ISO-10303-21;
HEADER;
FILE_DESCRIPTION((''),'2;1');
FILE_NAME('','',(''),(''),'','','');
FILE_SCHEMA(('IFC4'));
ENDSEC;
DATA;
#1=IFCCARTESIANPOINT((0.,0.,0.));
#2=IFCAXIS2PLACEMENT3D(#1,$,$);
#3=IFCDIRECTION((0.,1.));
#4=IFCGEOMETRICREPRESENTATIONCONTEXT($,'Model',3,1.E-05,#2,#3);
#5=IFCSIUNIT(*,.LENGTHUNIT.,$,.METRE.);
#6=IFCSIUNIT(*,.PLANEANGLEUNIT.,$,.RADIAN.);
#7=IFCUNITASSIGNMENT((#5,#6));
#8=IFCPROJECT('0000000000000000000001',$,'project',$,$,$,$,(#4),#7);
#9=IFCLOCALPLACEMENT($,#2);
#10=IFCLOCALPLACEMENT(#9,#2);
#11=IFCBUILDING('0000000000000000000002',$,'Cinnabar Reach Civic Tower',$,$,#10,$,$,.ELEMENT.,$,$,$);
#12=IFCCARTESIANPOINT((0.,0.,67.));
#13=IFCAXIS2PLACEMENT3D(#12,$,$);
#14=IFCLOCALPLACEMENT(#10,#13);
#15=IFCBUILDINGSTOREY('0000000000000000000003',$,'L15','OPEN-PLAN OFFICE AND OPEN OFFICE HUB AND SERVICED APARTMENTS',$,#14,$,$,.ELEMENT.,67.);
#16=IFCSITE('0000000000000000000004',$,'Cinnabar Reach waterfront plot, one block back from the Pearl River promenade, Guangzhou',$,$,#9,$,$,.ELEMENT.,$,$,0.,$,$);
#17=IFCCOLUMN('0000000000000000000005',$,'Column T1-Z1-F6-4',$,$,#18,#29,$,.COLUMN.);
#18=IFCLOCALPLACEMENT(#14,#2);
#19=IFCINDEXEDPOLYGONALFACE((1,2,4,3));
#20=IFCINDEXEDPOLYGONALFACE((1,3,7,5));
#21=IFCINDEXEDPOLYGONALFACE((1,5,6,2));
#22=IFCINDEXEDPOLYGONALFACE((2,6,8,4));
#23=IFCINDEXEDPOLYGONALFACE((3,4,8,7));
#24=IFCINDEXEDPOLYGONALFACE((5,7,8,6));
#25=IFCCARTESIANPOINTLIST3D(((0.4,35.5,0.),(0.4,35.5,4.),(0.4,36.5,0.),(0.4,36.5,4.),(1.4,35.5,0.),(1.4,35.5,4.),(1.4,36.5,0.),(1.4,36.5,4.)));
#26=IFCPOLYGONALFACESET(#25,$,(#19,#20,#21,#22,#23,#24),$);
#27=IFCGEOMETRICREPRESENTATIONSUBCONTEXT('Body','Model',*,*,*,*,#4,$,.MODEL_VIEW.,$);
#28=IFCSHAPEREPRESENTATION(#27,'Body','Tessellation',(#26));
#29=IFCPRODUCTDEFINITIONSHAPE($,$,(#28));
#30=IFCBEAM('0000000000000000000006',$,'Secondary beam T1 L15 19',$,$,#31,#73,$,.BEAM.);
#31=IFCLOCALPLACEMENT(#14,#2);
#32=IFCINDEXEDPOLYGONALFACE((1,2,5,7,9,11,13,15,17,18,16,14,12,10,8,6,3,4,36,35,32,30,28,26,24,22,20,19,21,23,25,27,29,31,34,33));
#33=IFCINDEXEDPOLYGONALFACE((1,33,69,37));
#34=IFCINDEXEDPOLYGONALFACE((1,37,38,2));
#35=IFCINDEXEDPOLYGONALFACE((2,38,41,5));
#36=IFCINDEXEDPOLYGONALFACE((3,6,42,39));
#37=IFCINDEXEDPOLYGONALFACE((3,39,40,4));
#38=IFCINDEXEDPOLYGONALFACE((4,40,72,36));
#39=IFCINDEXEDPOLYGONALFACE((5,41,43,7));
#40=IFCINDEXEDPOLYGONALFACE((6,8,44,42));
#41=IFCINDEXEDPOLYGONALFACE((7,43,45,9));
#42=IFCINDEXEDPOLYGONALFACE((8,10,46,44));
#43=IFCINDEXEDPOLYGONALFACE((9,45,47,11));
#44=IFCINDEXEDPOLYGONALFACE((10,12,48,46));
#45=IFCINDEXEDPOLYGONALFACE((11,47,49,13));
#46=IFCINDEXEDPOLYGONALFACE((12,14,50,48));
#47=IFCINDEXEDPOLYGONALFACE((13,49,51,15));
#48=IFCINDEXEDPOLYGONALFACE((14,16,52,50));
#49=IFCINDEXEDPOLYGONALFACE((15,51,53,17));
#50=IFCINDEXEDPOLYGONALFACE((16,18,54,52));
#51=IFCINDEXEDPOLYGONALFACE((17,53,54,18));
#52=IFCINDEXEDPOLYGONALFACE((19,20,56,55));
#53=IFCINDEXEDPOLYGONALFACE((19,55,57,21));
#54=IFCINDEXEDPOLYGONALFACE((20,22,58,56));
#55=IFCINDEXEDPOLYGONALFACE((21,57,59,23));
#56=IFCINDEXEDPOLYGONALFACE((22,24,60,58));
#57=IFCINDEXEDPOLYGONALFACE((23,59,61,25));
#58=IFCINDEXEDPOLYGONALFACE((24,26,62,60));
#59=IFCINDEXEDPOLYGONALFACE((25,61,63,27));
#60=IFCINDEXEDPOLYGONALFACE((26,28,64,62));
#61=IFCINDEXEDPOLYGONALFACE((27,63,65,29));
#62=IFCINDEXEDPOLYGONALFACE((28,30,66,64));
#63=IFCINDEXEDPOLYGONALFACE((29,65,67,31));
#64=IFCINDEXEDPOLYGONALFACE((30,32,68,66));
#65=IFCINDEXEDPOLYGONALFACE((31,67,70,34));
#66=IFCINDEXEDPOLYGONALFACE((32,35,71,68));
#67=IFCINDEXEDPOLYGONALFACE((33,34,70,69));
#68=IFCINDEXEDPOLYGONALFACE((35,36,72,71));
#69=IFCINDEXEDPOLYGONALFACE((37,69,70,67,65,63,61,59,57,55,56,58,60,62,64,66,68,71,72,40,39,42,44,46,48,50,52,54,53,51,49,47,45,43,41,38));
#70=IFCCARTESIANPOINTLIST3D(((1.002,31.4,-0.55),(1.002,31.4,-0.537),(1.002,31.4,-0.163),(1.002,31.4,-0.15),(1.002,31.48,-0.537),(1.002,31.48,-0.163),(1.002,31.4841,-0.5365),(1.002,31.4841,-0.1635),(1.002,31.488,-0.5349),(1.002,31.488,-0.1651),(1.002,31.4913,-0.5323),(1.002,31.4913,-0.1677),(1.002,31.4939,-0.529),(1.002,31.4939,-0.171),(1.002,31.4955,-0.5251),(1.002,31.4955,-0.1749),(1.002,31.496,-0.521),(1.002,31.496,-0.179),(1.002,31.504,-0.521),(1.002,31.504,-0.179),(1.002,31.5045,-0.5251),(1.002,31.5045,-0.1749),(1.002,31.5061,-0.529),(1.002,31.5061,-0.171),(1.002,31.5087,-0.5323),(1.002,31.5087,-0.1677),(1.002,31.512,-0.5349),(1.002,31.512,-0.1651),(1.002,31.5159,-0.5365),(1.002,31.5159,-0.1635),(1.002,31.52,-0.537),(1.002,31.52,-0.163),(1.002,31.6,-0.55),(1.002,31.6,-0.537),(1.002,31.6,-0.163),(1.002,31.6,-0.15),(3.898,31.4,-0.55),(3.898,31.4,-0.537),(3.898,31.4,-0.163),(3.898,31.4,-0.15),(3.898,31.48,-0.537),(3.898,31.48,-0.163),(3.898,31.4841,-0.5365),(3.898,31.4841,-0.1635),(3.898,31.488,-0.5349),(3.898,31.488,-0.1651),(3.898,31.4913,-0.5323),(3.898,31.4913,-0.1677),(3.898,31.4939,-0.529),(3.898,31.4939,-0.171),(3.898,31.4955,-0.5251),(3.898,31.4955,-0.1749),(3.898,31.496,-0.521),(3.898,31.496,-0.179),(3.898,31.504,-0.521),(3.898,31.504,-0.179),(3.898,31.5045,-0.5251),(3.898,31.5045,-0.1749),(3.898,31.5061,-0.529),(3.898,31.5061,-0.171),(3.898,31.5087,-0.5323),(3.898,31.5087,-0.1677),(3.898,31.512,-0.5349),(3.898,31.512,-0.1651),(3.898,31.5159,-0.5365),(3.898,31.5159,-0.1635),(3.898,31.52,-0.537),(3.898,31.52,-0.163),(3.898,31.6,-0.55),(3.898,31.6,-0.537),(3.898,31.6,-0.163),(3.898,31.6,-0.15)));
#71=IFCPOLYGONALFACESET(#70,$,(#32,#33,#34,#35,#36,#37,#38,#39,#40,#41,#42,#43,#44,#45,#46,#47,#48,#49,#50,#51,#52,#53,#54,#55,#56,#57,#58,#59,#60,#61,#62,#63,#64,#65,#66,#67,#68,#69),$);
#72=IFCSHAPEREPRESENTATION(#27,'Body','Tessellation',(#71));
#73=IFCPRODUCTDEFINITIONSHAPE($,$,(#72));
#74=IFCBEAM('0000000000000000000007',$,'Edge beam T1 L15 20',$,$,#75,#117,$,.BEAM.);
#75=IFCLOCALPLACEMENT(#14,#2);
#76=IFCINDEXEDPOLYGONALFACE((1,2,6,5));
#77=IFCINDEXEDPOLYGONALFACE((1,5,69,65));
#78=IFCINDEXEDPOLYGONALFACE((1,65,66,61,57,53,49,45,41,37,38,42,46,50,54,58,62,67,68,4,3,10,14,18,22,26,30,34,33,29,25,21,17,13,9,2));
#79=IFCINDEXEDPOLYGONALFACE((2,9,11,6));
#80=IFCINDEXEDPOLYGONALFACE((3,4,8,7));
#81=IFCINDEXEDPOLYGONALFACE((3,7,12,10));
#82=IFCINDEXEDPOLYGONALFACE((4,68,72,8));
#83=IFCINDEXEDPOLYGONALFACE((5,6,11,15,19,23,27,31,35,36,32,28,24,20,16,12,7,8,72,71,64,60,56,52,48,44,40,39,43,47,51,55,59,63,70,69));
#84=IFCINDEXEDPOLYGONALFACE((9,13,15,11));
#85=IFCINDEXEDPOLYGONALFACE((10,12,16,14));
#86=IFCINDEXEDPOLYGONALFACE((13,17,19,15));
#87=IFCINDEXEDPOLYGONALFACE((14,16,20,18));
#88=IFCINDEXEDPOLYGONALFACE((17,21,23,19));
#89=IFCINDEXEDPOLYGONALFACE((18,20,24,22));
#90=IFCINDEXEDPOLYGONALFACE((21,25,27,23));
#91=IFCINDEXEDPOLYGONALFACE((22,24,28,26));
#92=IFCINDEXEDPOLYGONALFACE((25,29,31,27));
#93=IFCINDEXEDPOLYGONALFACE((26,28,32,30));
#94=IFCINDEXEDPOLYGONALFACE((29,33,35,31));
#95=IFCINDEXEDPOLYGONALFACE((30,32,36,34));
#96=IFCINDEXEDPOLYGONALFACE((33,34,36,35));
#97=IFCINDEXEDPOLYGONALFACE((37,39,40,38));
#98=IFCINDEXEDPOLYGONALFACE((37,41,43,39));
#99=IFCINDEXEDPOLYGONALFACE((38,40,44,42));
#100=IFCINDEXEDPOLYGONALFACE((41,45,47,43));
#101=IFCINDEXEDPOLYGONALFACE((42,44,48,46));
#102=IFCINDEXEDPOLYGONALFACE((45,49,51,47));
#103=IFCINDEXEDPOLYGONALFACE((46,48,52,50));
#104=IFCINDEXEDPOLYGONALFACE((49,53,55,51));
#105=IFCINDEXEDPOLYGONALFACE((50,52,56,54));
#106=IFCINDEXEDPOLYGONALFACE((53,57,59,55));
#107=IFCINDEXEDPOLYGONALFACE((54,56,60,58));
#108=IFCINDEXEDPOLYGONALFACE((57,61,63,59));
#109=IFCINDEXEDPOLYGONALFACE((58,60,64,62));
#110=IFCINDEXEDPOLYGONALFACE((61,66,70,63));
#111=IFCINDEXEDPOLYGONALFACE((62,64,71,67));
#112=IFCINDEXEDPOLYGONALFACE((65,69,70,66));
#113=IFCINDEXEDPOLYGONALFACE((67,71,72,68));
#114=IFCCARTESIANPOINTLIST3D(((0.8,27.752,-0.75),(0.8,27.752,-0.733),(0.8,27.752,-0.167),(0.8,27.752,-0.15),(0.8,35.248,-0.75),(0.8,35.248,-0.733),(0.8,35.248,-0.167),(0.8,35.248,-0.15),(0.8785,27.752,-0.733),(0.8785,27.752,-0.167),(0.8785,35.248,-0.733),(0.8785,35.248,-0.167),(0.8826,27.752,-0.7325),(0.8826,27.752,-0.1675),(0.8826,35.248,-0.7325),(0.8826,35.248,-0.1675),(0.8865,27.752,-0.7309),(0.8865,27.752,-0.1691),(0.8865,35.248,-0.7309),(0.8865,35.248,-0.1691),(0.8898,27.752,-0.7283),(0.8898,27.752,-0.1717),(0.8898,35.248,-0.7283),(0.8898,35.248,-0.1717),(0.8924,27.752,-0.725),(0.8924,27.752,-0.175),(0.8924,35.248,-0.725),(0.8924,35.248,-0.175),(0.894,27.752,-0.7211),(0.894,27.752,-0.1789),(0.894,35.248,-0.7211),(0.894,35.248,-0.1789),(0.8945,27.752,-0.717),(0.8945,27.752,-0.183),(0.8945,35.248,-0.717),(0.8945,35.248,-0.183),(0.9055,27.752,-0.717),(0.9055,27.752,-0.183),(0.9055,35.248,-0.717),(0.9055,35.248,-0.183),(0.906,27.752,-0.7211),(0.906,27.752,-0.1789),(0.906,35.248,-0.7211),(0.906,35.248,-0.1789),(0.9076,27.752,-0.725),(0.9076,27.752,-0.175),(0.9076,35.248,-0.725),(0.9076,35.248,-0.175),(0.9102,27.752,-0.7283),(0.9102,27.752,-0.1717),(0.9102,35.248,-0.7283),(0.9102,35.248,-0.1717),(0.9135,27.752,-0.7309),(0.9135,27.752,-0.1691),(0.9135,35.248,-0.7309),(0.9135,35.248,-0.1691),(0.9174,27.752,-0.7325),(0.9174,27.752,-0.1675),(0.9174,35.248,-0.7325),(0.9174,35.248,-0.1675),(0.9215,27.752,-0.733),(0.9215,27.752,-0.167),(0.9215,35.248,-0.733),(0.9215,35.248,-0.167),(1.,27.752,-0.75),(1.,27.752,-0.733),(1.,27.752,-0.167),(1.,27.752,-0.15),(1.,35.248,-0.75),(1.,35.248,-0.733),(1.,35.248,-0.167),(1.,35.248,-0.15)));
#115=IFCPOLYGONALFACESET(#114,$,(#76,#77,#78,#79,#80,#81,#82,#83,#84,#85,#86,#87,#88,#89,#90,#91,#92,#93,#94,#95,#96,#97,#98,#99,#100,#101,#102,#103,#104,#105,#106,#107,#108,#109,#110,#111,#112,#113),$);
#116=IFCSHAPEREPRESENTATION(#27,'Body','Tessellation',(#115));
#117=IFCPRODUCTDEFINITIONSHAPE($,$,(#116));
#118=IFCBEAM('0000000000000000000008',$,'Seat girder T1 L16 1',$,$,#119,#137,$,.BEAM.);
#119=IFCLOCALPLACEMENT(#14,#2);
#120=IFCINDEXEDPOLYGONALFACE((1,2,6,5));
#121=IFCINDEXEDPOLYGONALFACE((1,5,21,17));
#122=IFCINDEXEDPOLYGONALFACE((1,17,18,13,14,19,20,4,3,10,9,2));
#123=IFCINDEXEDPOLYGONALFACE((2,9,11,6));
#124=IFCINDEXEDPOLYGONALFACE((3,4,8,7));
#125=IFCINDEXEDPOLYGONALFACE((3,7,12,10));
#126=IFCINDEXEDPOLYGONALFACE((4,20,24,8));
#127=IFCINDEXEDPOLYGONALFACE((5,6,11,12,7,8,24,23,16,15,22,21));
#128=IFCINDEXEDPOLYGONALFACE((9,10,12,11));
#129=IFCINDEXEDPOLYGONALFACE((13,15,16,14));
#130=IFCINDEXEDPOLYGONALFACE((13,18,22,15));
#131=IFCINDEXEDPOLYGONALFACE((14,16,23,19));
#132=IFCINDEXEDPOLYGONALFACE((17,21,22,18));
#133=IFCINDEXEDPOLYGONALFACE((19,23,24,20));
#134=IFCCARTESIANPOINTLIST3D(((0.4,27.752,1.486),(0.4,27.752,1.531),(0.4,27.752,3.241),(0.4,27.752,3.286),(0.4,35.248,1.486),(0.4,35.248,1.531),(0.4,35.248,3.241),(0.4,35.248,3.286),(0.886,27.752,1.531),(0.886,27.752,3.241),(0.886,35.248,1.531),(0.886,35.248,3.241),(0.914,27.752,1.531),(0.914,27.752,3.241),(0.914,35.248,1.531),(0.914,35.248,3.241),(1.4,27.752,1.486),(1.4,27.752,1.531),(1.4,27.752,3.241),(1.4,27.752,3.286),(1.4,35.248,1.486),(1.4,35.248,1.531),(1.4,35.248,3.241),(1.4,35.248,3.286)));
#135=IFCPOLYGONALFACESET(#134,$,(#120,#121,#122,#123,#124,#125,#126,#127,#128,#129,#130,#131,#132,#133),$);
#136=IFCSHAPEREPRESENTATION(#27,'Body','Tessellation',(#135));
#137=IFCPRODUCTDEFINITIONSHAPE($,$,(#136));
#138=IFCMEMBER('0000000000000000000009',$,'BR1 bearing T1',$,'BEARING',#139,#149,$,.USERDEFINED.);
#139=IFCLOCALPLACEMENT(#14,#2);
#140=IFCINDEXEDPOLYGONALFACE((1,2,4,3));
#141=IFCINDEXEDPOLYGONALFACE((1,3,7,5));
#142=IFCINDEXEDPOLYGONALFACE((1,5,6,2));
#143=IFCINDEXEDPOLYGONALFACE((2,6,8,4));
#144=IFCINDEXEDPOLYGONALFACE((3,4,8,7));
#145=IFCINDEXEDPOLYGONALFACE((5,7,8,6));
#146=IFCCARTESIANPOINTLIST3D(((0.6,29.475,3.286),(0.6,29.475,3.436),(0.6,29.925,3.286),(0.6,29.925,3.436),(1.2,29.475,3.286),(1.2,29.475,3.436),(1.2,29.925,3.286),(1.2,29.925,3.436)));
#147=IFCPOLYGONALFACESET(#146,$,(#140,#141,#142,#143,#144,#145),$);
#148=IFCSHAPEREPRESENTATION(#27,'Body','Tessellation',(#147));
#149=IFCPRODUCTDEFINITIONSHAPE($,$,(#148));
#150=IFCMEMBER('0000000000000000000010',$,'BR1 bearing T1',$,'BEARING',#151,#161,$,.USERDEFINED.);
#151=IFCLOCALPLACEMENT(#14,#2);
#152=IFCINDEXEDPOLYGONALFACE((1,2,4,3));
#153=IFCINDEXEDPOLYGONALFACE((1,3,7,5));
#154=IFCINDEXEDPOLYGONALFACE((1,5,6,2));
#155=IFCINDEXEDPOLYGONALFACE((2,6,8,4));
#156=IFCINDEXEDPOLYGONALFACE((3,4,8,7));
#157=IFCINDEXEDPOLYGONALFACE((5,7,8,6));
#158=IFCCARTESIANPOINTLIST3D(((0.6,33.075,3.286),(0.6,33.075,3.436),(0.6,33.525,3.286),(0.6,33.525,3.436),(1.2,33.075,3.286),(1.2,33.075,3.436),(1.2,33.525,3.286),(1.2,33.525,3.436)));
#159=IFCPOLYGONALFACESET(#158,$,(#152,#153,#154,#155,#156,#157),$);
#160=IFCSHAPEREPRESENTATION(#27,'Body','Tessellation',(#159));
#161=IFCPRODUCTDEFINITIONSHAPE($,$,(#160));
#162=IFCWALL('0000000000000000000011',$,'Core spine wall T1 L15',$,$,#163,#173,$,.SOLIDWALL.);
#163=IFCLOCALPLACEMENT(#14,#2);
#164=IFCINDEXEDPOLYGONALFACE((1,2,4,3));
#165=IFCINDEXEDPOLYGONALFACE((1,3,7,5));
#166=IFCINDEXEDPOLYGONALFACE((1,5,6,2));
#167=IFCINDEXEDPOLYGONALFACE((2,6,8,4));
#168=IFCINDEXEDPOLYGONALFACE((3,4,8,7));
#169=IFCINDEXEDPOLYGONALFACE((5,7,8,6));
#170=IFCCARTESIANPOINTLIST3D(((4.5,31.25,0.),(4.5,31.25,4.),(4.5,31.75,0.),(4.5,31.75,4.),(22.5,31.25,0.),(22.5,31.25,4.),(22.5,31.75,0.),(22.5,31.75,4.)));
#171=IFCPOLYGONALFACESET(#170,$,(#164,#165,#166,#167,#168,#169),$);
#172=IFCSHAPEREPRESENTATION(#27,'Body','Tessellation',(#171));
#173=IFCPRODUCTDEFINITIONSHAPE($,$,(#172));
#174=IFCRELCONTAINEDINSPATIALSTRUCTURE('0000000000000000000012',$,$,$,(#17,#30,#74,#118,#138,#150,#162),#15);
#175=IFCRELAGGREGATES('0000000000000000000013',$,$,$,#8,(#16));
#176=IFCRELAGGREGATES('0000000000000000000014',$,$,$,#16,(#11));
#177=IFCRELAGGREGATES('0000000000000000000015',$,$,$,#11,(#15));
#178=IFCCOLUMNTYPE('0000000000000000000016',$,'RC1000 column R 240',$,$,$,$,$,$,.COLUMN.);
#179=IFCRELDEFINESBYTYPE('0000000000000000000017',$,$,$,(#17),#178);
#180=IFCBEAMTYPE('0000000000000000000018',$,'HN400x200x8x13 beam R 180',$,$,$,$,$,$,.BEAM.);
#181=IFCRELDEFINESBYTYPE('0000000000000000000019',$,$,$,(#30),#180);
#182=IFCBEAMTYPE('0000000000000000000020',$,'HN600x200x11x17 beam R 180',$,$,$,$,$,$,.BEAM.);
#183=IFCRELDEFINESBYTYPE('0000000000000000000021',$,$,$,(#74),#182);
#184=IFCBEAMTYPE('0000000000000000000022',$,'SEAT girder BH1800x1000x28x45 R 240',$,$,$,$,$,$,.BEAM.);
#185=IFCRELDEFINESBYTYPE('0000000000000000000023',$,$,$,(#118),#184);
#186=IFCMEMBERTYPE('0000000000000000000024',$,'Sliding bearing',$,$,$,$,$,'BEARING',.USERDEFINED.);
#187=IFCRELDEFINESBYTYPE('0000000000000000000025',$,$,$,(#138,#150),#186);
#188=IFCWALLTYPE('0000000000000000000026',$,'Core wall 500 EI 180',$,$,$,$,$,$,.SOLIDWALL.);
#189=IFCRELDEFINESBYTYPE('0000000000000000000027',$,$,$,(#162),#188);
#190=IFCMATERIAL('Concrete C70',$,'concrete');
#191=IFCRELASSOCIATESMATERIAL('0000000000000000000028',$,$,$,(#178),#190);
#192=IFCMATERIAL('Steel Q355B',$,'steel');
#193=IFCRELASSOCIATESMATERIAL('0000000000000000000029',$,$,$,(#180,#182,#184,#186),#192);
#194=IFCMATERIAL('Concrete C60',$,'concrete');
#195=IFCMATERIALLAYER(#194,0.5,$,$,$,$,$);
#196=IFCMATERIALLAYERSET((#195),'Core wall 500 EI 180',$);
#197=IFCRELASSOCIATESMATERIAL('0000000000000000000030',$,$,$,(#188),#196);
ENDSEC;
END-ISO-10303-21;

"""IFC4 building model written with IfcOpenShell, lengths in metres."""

from ifc_helpers import new_model, si_unit, direction, frame, frame_2d, origin, origin_2d, place, context, subcontext, project, spatial, rectangle, i_section, extrude, material, layer, layer_set, material_profile, profile_set, type_object, element, save


model = new_model("IFC4")

# Units and contexts
model_context = context("Model", 3, precision=1e-05, world=origin(), true_north=direction((0.0, 1.0)))
body_context = subcontext(model_context, "Body", "Model", "MODEL_VIEW")
ifc_project = project(units=[si_unit("LENGTHUNIT", "METRE"), si_unit("PLANEANGLEUNIT", "RADIAN")], contexts=[model_context])

# Site, building, storey
site_placement = place(None, origin())
site = spatial("IfcSite", under=ifc_project, at=site_placement, Name="Cinnabar Reach waterfront plot, one block back from the Pearl River promenade, Guangzhou", CompositionType="ELEMENT", RefElevation=0.0)
building_placement = place(site_placement, origin())
building = spatial("IfcBuilding", under=site, at=building_placement, Name="Cinnabar Reach Civic Tower", CompositionType="ELEMENT")
storey_placement = place(building_placement, frame((0.0, 0.0, 67.0)))
storey = spatial("IfcBuildingStorey", under=building, at=storey_placement, Name="L15", Description="OPEN-PLAN OFFICE AND OPEN OFFICE HUB AND SERVICED APARTMENTS", CompositionType="ELEMENT", Elevation=67.0)

# Column
ifc_material_1 = material(Name="Concrete C70", Category="concrete")
ifc_material_profile_1 = material_profile(ifc_material_1, rectangle(XDim=1.0, YDim=1.0, at=origin_2d()), Name="RC1000")
ifc_profile_set_1 = profile_set([ifc_material_profile_1], Name="Concrete C70")
column_type = type_object("IfcColumnType", Name="RC1000 column R 240", PredefinedType="COLUMN", material=ifc_profile_set_1)
column_placement = place(storey_placement, frame((0.9, 36.0, 0.0), z_axis=(0.0, 0.0, 1.0), x_axis=(1.0, 0.0, 0.0)))
element("IfcColumn", 1, at=column_placement, inside=storey, type_object=column_type, Name="Column T1-Z1-F6-4", PredefinedType="COLUMN", context=body_context, shape_type="SweptSolid", body=[
    extrude(rectangle(XDim=1.0, YDim=1.0, at=origin_2d()), origin(), (0.0, 0.0, 1.0), 4.0),
])

# Beams
ifc_material_2 = material(Name="Steel Q355B", Category="steel")
ifc_material_profile_2 = material_profile(ifc_material_2, i_section(OverallWidth=0.2, OverallDepth=0.4, WebThickness=0.008, FlangeThickness=0.013, FilletRadius=0.016, at=origin_2d()), Name="HN400x200x8x13")
ifc_profile_set_2 = profile_set([ifc_material_profile_2], Name="Steel Q355B")
beam_type_1 = type_object("IfcBeamType", Name="HN400x200x8x13 beam R 180", PredefinedType="BEAM", material=ifc_profile_set_2)
beam_1_placement = place(storey_placement, frame((1.002, 31.5, -0.35), z_axis=(1.0, 0.0, 0.0), x_axis=(0.0, 1.0, 0.0)))
element("IfcBeam", 2, at=beam_1_placement, inside=storey, type_object=beam_type_1, Name="Secondary beam T1 L15 19", PredefinedType="BEAM", context=body_context, shape_type="SweptSolid", body=[
    extrude(i_section(OverallWidth=0.2, OverallDepth=0.4, WebThickness=0.008, FlangeThickness=0.013, FilletRadius=0.016, at=origin_2d()), origin(), (0.0, 0.0, 1.0), 2.896),
])
ifc_material_profile_3 = material_profile(ifc_material_2, i_section(OverallWidth=0.2, OverallDepth=0.6, WebThickness=0.011, FlangeThickness=0.017, FilletRadius=0.016, at=origin_2d()), Name="HN600x200x11x17")
ifc_profile_set_3 = profile_set([ifc_material_profile_3], Name="Steel Q355B")
beam_type_2 = type_object("IfcBeamType", Name="HN600x200x11x17 beam R 180", PredefinedType="BEAM", material=ifc_profile_set_3)
beam_2_placement = place(storey_placement, frame((0.9, 35.248, -0.45), z_axis=(0.0, -1.0, 0.0), x_axis=(1.0, 0.0, 0.0)))
element("IfcBeam", 3, at=beam_2_placement, inside=storey, type_object=beam_type_2, Name="Edge beam T1 L15 20", PredefinedType="BEAM", context=body_context, shape_type="SweptSolid", body=[
    extrude(i_section(OverallWidth=0.2, OverallDepth=0.6, WebThickness=0.011, FlangeThickness=0.017, FilletRadius=0.016, at=origin_2d()), origin(), (0.0, 0.0, 1.0), 7.496),
])
ifc_material_profile_4 = material_profile(ifc_material_2, i_section(OverallWidth=1.0, OverallDepth=1.8, WebThickness=0.028, FlangeThickness=0.045, at=origin_2d()), Name="BH1800x1000x28x45")
ifc_profile_set_4 = profile_set([ifc_material_profile_4], Name="Steel Q355B")
beam_type_3 = type_object("IfcBeamType", Name="SEAT girder BH1800x1000x28x45 R 240", PredefinedType="BEAM", material=ifc_profile_set_4)
beam_3_placement = place(storey_placement, frame((0.9, 27.752, 2.386), z_axis=(0.0, 1.0, 0.0), x_axis=(-1.0, 0.0, 0.0)))
element("IfcBeam", 4, at=beam_3_placement, inside=storey, type_object=beam_type_3, Name="Seat girder T1 L16 1", PredefinedType="BEAM", context=body_context, shape_type="SweptSolid", body=[
    extrude(i_section(OverallWidth=1.0, OverallDepth=1.8, WebThickness=0.028, FlangeThickness=0.045, at=origin_2d()), origin(), (0.0, 0.0, 1.0), 7.496),
])

# Members
member_type = type_object("IfcMemberType", Name="Sliding bearing", ElementType="BEARING", PredefinedType="USERDEFINED", material=ifc_material_2)
for number, where, z_axis, x_axis, name in (
    (5, (0.9, 29.7, 3.286), (0.0, 0.0, 1.0), (1.0, 0.0, 0.0), "BR1 bearing T1"),
    (6, (0.9, 33.3, 3.286), (0.0, 0.0, 1.0), (1.0, 0.0, 0.0), "BR1 bearing T1"),
):
    element("IfcMember", number, at=place(storey_placement, frame(where, z_axis=z_axis, x_axis=x_axis)), inside=storey, type_object=member_type, Name=name, ObjectType="BEARING", PredefinedType="USERDEFINED", context=body_context, shape_type="SweptSolid", body=[
        extrude(rectangle(XDim=0.6, YDim=0.45, at=origin_2d()), origin(), (0.0, 0.0, 1.0), 0.15),
    ])

# Wall
ifc_material_3 = material(Name="Concrete C60", Category="concrete")
ifc_layer_1 = layer(ifc_material_3, 0.5)
ifc_layer_set_1 = layer_set([ifc_layer_1], Name="Core wall 500 EI 180")
wall_type_1 = type_object("IfcWallType", Name="Core wall 500 EI 180", PredefinedType="SOLIDWALL", material=ifc_layer_set_1)
wall_1_placement = place(storey_placement, frame((4.5, 31.5, 0.0), z_axis=(0.0, 0.0, 1.0), x_axis=(1.0, 0.0, 0.0)))
element("IfcWall", 7, at=wall_1_placement, inside=storey, type_object=wall_type_1, Name="Core spine wall T1 L15", PredefinedType="SOLIDWALL", context=body_context, shape_type="SweptSolid", body=[
    extrude(rectangle(XDim=18.0, YDim=0.5, at=frame_2d((9.0, 0.0))), origin(), (0.0, 0.0, 1.0), 4.0),
])

save(model, "model.ifc")
